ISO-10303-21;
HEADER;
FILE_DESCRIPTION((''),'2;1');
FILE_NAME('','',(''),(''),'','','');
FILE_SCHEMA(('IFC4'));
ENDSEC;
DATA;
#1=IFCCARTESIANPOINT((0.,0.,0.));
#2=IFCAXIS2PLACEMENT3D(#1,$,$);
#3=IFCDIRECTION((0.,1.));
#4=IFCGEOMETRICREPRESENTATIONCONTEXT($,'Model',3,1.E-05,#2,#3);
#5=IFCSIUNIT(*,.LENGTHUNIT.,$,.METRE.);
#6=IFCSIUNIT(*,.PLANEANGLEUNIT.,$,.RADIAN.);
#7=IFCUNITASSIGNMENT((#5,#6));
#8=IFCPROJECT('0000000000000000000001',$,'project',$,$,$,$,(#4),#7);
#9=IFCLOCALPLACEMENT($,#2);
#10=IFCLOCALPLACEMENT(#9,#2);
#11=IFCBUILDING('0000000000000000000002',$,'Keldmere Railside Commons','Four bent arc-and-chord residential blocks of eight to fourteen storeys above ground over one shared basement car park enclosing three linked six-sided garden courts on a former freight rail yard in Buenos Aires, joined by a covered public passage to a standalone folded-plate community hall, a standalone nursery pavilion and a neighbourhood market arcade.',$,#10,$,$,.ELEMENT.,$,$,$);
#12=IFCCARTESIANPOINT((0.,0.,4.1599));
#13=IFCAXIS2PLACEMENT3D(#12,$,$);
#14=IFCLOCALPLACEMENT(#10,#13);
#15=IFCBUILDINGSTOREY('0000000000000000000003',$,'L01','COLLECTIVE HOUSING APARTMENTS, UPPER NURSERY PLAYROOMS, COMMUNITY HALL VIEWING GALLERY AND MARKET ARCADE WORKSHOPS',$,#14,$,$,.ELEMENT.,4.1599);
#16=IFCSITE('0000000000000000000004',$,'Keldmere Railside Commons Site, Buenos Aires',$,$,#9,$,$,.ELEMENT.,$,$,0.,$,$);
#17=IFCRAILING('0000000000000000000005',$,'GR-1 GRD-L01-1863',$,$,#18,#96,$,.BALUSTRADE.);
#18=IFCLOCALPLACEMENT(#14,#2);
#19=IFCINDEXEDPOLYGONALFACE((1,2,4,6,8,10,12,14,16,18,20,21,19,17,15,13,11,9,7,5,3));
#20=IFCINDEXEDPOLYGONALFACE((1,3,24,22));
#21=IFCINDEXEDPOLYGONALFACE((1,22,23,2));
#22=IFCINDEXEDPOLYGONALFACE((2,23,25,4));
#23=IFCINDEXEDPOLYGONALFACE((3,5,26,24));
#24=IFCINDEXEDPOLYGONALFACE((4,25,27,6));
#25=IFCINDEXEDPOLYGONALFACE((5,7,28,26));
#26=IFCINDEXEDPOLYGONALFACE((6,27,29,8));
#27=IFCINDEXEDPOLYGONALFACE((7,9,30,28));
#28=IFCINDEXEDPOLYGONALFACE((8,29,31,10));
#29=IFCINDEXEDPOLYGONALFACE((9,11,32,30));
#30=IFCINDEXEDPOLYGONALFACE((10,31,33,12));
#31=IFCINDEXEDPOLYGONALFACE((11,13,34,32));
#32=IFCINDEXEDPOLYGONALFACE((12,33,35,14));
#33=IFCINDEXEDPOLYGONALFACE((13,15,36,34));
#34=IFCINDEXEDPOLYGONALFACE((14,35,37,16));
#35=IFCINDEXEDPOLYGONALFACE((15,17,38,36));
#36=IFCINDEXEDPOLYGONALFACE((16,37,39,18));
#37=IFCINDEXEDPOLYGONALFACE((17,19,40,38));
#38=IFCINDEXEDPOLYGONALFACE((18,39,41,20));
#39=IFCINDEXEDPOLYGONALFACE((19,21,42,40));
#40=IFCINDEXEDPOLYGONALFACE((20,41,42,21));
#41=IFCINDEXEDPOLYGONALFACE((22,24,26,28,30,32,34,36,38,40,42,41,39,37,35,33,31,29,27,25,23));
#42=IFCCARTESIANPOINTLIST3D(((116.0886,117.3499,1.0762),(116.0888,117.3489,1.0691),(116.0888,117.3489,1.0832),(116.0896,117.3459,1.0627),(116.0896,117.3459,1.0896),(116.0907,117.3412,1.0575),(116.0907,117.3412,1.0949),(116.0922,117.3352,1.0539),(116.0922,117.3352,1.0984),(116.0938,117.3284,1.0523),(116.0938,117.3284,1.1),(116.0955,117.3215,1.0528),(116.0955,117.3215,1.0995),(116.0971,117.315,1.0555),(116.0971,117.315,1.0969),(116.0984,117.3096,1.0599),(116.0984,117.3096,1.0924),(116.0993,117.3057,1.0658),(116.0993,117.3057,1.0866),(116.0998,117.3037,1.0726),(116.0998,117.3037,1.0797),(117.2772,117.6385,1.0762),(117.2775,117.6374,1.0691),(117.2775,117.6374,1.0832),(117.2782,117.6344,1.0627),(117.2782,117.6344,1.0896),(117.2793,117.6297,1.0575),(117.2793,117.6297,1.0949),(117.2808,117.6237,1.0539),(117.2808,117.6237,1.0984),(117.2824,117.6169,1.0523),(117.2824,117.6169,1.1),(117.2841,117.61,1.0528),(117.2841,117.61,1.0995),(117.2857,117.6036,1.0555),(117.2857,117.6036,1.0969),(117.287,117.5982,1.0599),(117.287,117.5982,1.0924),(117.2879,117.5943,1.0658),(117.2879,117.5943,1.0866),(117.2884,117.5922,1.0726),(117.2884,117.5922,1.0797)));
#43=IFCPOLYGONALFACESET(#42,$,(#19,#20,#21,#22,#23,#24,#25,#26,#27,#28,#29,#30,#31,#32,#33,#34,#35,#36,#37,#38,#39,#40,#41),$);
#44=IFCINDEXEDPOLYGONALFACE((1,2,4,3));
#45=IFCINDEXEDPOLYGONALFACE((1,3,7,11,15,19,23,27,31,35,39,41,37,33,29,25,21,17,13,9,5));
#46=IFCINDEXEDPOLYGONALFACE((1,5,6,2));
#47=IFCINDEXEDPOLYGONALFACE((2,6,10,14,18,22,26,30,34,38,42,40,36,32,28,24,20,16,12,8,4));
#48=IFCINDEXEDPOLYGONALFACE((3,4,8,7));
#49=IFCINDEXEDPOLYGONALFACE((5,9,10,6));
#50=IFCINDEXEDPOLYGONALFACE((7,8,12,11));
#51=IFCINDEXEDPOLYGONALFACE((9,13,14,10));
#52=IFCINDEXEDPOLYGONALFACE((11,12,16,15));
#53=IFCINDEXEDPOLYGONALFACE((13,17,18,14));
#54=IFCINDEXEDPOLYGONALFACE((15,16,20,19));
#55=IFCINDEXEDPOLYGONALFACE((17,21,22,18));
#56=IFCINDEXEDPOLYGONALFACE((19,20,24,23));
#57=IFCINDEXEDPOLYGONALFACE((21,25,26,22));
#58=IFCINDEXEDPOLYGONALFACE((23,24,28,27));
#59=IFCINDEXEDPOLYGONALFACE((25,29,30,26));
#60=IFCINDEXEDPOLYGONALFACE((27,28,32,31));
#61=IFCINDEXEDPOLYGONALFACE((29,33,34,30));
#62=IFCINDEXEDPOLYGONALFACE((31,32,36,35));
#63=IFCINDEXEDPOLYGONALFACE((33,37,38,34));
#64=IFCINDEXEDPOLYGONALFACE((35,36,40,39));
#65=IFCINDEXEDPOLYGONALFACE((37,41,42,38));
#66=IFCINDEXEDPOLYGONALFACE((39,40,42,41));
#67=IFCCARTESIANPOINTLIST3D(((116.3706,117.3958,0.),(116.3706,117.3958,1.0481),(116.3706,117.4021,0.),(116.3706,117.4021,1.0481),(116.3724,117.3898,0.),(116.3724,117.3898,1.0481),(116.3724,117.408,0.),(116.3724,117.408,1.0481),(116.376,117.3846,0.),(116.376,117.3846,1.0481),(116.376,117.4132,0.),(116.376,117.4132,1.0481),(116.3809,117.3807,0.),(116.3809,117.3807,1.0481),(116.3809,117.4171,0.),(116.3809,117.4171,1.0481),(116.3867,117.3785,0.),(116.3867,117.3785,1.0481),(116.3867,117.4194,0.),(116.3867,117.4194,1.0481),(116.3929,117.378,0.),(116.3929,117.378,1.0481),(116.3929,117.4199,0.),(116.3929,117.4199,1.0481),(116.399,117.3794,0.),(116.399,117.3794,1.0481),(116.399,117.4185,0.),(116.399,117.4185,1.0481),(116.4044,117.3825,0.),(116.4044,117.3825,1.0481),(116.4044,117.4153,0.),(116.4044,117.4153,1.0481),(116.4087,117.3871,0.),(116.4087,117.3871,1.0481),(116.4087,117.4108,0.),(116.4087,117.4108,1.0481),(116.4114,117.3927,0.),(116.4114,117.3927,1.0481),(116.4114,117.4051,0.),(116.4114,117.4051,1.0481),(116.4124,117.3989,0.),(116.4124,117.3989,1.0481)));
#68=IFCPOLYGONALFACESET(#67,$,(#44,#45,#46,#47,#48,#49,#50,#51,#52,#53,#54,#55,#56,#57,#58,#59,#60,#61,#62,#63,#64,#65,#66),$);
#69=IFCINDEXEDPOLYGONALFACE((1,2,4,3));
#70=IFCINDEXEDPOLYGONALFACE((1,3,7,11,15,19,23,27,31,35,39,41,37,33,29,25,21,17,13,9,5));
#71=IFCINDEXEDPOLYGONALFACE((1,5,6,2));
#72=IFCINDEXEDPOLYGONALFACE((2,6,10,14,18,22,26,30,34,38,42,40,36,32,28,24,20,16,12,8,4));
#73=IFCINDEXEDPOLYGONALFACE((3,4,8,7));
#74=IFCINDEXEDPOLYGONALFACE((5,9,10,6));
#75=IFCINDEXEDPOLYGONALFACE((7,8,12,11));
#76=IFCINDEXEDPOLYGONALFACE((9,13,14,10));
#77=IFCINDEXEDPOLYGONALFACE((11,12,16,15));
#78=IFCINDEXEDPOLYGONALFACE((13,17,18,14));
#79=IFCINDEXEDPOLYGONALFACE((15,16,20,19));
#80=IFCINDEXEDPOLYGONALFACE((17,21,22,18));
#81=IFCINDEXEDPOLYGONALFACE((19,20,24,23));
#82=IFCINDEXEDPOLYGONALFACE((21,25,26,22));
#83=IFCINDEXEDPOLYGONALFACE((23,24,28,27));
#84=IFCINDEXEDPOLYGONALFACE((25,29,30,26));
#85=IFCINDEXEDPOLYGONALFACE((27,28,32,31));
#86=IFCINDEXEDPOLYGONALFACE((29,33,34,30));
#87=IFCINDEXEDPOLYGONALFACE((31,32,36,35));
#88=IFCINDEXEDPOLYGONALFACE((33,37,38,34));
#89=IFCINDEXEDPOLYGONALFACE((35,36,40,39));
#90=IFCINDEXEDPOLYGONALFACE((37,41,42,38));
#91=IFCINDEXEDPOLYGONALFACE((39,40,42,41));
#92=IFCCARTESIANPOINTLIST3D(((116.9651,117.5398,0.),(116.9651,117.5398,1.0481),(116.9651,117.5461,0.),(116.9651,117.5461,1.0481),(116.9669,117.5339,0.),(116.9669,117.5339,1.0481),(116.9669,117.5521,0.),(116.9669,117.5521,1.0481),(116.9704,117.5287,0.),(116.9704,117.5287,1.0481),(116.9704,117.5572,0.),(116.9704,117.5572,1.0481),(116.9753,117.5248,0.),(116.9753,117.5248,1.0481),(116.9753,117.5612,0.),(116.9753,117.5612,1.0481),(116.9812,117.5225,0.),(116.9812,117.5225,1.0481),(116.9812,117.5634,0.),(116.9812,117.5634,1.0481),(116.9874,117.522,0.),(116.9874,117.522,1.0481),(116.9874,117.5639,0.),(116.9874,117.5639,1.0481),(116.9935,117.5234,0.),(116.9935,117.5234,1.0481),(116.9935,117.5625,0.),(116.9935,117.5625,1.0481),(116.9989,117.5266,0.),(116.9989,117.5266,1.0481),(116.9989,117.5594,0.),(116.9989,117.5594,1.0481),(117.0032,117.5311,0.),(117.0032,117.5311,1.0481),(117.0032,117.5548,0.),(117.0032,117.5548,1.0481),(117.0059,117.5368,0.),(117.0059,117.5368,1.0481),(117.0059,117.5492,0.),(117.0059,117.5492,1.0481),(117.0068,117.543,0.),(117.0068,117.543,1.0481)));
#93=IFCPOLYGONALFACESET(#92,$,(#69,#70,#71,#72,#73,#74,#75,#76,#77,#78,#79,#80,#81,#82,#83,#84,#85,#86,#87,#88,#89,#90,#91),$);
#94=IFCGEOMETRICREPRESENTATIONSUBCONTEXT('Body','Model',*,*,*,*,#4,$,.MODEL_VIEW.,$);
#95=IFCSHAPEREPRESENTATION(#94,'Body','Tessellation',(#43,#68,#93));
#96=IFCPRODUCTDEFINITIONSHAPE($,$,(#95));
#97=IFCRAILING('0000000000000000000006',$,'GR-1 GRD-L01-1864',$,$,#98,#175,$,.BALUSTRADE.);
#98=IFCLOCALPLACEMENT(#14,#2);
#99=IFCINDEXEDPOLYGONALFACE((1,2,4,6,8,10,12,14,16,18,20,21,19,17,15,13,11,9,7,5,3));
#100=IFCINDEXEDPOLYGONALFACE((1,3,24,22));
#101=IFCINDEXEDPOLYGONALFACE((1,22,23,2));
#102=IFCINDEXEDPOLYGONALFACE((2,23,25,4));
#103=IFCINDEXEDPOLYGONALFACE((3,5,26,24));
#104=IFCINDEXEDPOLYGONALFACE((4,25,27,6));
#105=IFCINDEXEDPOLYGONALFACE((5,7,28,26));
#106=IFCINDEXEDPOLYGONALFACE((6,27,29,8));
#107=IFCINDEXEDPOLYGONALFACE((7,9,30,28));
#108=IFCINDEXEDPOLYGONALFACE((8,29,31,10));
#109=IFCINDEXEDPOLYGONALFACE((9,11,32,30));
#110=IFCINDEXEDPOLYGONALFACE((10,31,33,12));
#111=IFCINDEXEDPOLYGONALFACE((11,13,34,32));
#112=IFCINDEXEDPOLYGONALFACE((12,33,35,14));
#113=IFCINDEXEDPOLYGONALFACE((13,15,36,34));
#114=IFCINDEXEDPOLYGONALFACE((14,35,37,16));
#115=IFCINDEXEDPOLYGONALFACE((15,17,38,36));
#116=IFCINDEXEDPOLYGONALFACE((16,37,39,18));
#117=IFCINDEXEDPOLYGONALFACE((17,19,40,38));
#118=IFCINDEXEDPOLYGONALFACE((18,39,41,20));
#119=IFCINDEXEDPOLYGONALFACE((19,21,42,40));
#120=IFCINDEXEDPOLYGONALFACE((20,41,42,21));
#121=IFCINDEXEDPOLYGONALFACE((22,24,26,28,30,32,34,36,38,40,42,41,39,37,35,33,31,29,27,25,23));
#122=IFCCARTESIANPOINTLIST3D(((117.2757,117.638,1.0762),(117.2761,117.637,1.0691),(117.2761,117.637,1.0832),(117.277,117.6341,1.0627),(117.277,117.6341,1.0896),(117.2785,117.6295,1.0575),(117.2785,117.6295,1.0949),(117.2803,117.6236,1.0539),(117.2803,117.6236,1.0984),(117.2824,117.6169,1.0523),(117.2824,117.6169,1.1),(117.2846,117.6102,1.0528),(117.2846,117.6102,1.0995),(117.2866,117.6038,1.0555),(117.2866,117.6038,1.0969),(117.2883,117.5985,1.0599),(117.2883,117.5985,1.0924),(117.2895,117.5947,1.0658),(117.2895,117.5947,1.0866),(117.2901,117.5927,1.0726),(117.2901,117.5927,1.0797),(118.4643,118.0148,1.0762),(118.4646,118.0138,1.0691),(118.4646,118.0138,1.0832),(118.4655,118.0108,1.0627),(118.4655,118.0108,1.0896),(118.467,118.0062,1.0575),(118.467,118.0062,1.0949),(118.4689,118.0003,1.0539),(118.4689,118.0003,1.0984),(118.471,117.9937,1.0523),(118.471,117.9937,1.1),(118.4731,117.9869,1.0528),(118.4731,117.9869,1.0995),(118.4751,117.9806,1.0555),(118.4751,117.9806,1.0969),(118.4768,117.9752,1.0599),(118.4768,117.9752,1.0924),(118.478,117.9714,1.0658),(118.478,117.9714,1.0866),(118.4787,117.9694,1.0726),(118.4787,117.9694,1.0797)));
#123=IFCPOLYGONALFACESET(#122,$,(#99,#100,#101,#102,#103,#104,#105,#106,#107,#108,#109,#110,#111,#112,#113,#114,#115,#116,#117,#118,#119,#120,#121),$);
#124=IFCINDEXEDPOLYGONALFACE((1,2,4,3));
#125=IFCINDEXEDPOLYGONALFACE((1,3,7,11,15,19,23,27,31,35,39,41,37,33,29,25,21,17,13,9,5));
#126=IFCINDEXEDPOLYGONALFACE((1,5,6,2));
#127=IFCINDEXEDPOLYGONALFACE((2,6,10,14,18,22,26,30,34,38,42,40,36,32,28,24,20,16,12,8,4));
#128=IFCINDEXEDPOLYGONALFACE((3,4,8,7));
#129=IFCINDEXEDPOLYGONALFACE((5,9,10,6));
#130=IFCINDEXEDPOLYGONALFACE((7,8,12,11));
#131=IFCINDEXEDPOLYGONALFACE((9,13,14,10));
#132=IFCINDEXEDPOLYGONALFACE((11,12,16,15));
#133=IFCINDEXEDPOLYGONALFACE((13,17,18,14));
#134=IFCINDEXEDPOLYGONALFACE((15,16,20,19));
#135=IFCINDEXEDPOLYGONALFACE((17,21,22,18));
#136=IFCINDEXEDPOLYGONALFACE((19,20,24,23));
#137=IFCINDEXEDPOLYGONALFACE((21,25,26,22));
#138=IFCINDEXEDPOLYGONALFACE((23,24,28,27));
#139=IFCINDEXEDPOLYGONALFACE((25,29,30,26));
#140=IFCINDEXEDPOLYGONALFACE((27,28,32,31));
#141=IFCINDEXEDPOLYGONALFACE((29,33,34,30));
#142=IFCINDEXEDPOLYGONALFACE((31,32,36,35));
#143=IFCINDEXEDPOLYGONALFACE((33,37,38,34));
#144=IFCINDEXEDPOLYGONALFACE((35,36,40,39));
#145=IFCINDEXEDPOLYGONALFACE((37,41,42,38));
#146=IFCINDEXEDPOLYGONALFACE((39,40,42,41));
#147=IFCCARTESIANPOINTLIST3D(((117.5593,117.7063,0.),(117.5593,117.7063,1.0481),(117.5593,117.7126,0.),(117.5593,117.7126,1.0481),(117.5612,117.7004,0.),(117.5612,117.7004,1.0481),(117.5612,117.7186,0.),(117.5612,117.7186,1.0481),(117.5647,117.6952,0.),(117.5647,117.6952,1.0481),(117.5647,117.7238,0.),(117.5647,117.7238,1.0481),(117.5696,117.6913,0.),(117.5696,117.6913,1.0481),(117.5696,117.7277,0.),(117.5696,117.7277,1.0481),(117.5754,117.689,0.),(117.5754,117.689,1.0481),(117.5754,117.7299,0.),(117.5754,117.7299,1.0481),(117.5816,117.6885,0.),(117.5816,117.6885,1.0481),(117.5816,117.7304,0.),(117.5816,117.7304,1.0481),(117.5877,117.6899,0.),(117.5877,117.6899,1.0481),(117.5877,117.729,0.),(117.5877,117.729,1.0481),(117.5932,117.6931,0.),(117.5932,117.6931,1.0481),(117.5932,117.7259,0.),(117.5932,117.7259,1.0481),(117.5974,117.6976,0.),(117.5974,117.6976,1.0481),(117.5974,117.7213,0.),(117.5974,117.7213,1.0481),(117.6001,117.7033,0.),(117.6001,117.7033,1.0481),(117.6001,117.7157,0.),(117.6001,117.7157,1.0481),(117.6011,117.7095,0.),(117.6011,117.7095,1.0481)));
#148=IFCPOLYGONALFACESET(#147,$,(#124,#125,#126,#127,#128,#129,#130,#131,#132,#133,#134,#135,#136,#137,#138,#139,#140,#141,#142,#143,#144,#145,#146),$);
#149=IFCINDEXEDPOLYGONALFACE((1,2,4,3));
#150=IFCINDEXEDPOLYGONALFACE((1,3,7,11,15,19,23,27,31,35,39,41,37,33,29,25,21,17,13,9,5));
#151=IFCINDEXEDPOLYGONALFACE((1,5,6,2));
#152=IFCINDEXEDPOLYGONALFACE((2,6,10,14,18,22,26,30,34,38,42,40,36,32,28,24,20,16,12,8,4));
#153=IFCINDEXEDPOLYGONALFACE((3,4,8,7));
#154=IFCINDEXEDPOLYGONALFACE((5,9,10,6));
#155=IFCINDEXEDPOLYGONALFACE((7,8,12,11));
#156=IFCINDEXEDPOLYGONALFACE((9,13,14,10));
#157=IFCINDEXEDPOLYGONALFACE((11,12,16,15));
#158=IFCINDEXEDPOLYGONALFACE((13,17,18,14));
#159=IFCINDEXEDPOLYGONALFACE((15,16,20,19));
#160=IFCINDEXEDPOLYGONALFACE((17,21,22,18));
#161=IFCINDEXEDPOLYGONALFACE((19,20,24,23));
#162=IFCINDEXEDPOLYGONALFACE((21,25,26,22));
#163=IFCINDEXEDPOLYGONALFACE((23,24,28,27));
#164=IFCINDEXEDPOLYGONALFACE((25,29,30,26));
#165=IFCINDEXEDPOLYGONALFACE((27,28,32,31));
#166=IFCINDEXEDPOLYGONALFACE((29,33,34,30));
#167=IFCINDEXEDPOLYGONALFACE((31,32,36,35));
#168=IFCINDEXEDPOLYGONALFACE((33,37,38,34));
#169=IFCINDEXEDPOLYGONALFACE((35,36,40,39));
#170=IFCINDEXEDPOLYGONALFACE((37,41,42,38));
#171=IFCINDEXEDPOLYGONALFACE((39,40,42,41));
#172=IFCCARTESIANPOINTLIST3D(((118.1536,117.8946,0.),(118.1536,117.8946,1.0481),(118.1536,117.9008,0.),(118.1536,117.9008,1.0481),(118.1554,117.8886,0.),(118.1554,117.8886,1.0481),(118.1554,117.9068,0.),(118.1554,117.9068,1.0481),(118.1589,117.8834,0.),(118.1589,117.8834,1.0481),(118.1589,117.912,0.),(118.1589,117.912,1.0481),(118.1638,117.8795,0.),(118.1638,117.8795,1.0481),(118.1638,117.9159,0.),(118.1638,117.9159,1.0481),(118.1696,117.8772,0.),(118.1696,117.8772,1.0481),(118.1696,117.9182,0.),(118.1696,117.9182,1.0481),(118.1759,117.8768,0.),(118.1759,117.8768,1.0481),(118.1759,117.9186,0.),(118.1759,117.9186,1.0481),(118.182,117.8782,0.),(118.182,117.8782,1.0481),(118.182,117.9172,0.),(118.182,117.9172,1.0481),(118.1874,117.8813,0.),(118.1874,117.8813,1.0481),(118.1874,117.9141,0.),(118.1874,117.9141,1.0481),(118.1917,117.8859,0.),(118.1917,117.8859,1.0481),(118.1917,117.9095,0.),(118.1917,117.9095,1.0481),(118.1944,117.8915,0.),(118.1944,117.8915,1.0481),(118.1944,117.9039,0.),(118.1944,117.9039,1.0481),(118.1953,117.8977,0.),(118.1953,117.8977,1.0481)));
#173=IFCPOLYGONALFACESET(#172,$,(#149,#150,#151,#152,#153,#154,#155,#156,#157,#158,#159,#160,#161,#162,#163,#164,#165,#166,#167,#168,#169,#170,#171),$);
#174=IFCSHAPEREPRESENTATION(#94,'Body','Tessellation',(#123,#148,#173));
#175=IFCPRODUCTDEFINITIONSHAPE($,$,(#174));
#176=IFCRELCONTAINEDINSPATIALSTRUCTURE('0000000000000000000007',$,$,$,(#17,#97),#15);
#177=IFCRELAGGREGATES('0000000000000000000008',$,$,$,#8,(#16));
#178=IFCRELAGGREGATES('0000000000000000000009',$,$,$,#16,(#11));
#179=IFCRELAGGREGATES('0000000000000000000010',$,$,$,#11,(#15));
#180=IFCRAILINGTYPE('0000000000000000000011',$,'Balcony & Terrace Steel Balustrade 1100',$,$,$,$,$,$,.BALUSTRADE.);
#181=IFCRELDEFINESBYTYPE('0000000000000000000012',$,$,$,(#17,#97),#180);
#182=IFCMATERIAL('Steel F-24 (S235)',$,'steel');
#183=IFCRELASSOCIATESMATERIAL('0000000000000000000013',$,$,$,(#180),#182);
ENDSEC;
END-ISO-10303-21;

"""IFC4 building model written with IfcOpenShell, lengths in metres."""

from ifc_helpers import new_model, si_unit, direction, frame, origin, origin_2d, place, context, subcontext, project, spatial, circle, extrude, material, type_object, element, save


model = new_model("IFC4")

# Units and contexts
model_context = context("Model", 3, precision=1e-05, world=origin(), true_north=direction((0.0, 1.0)))
body_context = subcontext(model_context, "Body", "Model", "MODEL_VIEW")
ifc_project = project(units=[si_unit("LENGTHUNIT", "METRE"), si_unit("PLANEANGLEUNIT", "RADIAN")], contexts=[model_context])

# Site, building, storey
site_placement = place(None, origin())
site = spatial("IfcSite", under=ifc_project, at=site_placement, Name="Keldmere Railside Commons Site, Buenos Aires", CompositionType="ELEMENT", RefElevation=0.0)
building_placement = place(site_placement, origin())
building = spatial("IfcBuilding", under=site, at=building_placement, Name="Keldmere Railside Commons", Description="Four bent arc-and-chord residential blocks of eight to fourteen storeys above ground over one shared basement car park enclosing three linked six-sided garden courts on a former freight rail yard in Buenos Aires, joined by a covered public passage to a standalone folded-plate community hall, a standalone nursery pavilion and a neighbourhood market arcade.", CompositionType="ELEMENT")
storey_placement = place(building_placement, frame((0.0, 0.0, 4.1599)))
storey = spatial("IfcBuildingStorey", under=building, at=storey_placement, Name="L01", Description="COLLECTIVE HOUSING APARTMENTS, UPPER NURSERY PLAYROOMS, COMMUNITY HALL VIEWING GALLERY AND MARKET ARCADE WORKSHOPS", CompositionType="ELEMENT", Elevation=4.1599)

# Railings
ifc_material_1 = material(Name="Steel F-24 (S235)", Category="steel")
railing_type = type_object("IfcRailingType", Name="Balcony & Terrace Steel Balustrade 1100", PredefinedType="BALUSTRADE", material=ifc_material_1)
railing_1_placement = place(storey_placement, frame((116.0942, 117.3267, 0.0)))
element("IfcRailing", 1, at=railing_1_placement, inside=storey, type_object=railing_type, Name="GR-1 GRD-L01-1863", PredefinedType="BALUSTRADE", context=body_context, shape_type="SweptSolid", body=[
    extrude(circle(Radius=0.0239, at=origin_2d()), frame((0.0, 0.0, 1.0762), z_axis=(0.971775, 0.235908, 0.0), x_axis=(-0.235908, 0.971775, 0.0)), (0.0, 0.0, 1.0), 1.2231),
    extrude(circle(Radius=0.021, at=origin_2d()), frame((0.2971, 0.0723, 0.0)), (0.0, 0.0, 1.0), 1.0481),
    extrude(circle(Radius=0.021, at=origin_2d()), frame((0.8916, 0.2163, 0.0)), (0.0, 0.0, 1.0), 1.0481),
])
railing_2_placement = place(storey_placement, frame((117.283, 117.6152, 0.0)))
element("IfcRailing", 2, at=railing_2_placement, inside=storey, type_object=railing_type, Name="GR-1 GRD-L01-1864", PredefinedType="BALUSTRADE", context=body_context, shape_type="SweptSolid", body=[
    extrude(circle(Radius=0.0239, at=origin_2d()), frame((0.0, 0.0, 1.0762), z_axis=(0.95326, 0.302153, 0.0), x_axis=(-0.302153, 0.95326, 0.0)), (0.0, 0.0, 1.0), 1.2468),
    extrude(circle(Radius=0.021, at=origin_2d()), frame((0.2971, 0.0942, 0.0)), (0.0, 0.0, 1.0), 1.0481),
    extrude(circle(Radius=0.021, at=origin_2d()), frame((0.8914, 0.2825, 0.0)), (0.0, 0.0, 1.0), 1.0481),
])

save(model, "model.ifc")
